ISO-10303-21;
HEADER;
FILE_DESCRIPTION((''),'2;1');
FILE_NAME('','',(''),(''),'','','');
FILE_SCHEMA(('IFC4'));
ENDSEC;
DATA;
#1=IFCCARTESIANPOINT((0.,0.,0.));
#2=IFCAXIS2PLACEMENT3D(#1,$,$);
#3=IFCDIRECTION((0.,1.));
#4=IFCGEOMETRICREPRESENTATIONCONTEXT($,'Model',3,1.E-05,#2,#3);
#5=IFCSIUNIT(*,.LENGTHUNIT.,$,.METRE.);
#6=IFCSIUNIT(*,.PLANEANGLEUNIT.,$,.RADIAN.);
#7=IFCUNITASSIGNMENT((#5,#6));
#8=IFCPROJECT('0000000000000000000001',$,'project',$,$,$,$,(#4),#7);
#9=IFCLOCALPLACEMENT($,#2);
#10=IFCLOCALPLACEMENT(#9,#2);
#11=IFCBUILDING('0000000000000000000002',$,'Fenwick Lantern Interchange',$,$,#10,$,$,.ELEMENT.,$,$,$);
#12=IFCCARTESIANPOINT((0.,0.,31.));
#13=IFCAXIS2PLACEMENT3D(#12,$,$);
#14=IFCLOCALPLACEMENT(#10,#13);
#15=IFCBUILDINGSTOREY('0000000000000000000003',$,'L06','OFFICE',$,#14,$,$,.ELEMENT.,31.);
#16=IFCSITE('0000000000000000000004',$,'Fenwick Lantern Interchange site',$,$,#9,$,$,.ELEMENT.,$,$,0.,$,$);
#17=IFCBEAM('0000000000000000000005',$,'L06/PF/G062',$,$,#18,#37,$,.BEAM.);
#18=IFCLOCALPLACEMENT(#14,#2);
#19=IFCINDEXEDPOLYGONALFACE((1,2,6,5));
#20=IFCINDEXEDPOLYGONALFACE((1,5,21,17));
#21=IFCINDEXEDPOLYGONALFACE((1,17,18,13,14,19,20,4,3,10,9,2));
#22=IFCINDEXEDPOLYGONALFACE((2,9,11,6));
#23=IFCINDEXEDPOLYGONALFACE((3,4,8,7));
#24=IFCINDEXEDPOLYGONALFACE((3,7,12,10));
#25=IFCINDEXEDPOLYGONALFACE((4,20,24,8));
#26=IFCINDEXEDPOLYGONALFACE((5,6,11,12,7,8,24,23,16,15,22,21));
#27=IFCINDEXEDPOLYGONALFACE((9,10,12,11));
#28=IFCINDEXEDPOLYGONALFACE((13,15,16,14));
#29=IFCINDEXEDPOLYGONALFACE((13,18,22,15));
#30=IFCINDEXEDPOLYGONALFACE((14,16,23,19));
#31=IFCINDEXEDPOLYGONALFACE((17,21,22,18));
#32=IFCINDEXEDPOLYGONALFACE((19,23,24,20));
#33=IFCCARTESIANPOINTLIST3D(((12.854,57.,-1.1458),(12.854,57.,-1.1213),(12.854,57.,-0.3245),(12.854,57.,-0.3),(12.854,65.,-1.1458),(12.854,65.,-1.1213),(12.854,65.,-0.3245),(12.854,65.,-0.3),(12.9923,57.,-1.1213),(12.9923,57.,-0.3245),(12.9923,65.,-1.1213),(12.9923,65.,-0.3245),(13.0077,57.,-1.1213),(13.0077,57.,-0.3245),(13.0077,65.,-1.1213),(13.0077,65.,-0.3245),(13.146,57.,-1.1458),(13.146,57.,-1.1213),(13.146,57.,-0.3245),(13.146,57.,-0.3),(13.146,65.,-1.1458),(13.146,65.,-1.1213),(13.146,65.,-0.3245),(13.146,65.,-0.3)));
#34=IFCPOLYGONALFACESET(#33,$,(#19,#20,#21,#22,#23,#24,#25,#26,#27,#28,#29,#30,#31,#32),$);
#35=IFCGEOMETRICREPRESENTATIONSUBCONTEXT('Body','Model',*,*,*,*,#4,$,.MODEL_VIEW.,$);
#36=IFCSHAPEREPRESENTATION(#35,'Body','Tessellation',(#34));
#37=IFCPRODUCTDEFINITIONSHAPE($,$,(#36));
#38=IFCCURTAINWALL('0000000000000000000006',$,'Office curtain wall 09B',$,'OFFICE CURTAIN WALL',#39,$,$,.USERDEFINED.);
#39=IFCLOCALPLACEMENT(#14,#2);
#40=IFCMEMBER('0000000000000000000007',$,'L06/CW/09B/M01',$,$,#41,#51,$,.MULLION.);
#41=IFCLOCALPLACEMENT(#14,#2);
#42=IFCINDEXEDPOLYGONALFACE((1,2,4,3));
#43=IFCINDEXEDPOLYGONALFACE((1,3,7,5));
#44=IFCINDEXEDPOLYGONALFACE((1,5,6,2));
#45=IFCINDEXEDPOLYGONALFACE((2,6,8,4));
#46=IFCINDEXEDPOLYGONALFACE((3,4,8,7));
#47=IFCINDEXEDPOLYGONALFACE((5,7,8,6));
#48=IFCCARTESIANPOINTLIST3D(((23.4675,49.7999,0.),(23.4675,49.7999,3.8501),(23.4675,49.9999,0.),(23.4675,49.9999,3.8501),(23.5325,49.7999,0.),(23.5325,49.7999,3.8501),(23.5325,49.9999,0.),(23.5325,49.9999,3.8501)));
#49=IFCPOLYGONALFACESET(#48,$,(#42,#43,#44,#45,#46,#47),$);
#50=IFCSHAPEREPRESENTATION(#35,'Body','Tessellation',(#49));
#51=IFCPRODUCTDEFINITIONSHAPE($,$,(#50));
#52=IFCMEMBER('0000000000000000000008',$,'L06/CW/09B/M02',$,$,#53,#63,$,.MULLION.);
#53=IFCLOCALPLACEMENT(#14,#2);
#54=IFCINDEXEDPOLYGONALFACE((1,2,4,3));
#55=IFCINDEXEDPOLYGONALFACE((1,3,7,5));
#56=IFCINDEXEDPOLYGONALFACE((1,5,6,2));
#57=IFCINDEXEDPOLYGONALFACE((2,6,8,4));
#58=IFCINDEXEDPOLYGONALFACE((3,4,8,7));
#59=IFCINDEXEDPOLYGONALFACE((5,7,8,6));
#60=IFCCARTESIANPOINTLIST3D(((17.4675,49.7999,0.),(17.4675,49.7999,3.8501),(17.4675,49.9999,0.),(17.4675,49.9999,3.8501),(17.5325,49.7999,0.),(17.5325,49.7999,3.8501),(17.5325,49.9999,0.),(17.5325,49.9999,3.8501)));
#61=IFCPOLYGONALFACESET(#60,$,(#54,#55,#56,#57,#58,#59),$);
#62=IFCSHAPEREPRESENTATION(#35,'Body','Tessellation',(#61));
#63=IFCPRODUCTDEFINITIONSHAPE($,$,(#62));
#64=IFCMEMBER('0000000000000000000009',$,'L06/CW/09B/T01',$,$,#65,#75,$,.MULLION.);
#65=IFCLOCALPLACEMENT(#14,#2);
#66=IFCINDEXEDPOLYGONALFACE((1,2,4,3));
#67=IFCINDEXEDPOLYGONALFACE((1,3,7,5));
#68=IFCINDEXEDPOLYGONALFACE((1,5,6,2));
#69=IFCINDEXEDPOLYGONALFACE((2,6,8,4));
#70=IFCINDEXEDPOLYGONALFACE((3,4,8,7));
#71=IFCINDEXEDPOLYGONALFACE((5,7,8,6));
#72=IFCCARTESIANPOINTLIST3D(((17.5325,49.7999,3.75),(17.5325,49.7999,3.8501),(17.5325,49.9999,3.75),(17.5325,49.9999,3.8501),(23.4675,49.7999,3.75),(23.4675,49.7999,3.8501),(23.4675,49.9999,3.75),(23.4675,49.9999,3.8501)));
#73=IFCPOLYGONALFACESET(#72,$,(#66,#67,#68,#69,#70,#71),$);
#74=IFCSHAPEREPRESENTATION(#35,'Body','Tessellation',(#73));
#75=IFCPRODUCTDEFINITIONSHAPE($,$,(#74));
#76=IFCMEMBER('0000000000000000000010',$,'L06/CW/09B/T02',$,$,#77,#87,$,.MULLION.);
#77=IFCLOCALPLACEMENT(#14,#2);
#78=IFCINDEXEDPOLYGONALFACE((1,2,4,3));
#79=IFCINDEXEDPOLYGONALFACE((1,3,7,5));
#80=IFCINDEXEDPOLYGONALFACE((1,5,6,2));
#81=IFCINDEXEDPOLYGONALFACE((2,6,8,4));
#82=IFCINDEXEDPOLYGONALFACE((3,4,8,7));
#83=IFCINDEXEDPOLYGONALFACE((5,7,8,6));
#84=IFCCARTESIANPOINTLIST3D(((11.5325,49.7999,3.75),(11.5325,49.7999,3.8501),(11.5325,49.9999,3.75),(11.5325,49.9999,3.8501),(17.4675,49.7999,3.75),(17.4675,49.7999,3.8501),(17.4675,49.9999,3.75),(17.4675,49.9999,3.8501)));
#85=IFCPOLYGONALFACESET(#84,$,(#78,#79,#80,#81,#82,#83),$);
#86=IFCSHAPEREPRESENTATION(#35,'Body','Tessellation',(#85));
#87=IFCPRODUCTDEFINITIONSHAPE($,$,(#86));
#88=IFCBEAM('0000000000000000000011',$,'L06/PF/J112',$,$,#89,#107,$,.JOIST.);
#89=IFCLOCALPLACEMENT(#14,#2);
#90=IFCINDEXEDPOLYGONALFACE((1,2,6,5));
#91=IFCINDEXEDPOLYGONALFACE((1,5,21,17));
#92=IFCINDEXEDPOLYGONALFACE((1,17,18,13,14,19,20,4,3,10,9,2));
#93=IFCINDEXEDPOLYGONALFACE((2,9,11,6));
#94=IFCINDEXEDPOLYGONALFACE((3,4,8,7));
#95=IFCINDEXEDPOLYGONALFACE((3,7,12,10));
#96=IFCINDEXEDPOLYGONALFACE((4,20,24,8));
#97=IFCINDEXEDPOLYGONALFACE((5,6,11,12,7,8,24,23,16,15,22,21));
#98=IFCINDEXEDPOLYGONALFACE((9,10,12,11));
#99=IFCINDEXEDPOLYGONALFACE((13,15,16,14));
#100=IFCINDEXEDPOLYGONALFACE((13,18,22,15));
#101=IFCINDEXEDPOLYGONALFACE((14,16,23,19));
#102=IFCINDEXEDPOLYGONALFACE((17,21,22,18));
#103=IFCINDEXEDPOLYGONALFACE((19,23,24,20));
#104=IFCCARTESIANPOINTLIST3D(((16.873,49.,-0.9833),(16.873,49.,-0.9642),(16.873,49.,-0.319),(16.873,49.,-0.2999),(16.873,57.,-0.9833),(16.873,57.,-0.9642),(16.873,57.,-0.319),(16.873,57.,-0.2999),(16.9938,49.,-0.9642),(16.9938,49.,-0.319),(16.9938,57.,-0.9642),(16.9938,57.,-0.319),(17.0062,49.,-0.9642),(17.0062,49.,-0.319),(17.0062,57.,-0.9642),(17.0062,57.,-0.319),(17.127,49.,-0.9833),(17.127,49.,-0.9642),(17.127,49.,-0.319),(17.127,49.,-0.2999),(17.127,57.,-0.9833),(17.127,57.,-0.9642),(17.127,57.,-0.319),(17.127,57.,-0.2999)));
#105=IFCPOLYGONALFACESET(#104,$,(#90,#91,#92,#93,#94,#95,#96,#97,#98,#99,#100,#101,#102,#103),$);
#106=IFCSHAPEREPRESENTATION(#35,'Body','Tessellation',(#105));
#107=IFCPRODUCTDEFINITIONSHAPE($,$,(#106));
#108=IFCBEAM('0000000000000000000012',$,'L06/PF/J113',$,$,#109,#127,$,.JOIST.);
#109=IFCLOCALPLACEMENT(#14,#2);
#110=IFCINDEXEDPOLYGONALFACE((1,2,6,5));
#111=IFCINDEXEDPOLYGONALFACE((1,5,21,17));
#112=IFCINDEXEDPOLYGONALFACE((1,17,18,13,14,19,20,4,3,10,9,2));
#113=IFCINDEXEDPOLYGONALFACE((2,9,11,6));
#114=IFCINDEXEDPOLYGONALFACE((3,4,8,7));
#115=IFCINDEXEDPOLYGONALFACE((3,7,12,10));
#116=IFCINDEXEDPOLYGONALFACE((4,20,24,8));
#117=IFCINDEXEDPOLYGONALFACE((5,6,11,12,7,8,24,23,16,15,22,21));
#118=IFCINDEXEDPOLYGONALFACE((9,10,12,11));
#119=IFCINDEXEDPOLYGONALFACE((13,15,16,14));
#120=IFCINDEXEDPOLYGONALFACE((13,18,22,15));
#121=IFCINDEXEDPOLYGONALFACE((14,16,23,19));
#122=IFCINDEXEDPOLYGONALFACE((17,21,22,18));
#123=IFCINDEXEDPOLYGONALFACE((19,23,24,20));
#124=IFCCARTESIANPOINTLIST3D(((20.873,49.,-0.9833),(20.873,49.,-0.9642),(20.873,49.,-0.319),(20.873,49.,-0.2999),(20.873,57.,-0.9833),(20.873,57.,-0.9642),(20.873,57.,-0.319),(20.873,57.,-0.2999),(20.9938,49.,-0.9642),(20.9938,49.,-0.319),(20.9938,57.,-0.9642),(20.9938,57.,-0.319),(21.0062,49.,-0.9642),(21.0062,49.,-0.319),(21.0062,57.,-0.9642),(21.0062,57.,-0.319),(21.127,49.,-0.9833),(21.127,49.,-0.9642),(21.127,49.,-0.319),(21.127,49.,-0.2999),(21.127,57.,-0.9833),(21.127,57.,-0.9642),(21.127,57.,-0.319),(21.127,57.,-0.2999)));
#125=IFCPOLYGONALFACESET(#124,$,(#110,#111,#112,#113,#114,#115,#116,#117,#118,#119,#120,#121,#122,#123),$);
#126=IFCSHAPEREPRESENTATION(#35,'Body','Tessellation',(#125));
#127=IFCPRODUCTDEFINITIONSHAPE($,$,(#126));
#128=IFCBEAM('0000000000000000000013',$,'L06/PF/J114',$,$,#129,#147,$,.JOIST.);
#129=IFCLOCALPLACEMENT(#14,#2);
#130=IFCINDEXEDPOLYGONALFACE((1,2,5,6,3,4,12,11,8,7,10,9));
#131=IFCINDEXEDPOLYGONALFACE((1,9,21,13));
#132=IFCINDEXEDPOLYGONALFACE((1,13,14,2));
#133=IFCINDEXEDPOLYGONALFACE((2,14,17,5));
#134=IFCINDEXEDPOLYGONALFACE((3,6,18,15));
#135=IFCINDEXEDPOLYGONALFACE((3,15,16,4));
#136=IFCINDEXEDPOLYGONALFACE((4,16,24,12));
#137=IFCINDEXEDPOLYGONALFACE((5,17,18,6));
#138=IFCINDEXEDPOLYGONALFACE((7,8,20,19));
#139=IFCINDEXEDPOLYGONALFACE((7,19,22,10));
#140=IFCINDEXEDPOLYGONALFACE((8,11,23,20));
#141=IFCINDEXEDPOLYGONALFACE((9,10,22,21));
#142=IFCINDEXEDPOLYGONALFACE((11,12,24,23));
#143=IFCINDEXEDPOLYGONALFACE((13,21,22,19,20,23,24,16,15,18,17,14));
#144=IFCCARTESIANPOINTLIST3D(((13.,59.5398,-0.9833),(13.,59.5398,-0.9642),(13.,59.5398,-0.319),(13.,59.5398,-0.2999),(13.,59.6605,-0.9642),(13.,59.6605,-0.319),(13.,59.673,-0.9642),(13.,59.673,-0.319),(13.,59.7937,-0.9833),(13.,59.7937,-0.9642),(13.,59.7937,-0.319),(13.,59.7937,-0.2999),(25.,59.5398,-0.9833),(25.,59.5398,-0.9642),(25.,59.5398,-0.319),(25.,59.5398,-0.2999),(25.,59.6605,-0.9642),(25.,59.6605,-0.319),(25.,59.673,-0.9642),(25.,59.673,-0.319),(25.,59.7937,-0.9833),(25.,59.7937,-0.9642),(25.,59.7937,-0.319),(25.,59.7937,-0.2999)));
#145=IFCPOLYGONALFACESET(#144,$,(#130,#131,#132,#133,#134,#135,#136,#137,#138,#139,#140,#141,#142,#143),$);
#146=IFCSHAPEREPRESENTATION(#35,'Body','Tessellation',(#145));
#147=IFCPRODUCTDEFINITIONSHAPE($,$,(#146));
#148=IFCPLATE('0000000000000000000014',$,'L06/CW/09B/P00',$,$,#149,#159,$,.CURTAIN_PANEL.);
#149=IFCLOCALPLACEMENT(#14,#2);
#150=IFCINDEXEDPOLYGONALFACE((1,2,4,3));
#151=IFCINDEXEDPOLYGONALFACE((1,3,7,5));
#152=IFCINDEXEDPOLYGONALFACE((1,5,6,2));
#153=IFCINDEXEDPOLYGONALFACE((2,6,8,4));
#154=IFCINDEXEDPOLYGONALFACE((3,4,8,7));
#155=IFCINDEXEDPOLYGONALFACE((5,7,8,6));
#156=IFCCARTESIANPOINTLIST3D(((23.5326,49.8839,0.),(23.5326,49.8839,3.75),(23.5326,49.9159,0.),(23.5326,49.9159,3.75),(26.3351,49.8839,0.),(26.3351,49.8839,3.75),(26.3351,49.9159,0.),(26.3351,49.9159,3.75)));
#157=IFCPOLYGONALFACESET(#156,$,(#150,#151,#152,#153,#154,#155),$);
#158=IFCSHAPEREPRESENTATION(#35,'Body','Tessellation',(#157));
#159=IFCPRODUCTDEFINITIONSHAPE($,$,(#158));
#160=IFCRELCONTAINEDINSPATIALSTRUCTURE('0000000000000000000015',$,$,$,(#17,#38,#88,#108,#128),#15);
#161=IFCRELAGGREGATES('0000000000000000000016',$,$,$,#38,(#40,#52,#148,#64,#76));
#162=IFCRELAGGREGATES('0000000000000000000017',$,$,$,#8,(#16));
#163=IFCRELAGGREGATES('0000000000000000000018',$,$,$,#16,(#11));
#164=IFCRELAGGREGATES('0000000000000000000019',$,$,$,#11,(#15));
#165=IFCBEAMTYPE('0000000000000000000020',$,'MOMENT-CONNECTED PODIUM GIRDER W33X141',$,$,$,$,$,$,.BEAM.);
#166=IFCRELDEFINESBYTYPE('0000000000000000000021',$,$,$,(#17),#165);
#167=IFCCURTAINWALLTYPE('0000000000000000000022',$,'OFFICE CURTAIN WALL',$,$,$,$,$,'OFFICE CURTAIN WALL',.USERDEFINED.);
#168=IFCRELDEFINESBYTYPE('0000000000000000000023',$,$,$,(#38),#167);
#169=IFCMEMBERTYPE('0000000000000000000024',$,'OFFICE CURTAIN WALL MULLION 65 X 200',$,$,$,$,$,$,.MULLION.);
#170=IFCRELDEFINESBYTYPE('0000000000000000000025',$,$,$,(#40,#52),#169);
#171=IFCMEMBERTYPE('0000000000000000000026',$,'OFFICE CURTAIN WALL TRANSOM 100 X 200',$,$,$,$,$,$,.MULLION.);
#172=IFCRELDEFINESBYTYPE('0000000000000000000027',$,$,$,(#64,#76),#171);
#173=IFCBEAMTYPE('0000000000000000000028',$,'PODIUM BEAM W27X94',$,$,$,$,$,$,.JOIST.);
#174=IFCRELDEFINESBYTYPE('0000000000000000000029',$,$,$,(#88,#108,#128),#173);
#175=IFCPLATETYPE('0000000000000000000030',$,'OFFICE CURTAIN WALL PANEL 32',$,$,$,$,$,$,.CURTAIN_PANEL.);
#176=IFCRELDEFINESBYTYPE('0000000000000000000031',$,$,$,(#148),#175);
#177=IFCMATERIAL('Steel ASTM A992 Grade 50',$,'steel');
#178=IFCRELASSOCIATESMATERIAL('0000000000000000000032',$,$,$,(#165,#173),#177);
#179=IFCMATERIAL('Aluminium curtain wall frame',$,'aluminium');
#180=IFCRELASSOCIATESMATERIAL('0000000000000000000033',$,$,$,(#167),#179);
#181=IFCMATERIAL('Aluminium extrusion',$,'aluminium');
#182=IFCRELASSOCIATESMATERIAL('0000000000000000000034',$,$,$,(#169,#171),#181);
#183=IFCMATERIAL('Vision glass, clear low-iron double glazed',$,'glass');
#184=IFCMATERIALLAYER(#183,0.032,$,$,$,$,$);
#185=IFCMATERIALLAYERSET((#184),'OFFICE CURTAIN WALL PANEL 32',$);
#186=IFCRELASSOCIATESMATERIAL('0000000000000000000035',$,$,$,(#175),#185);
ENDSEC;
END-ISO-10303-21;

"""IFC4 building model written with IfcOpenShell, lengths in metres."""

from ifc_helpers import new_model, si_unit, direction, frame, origin, origin_2d, place, context, subcontext, project, spatial, rectangle, i_section, extrude, material, layer, layer_set, material_profile, profile_set, type_object, element, aggregate, save


model = new_model("IFC4")

# Units and contexts
model_context = context("Model", 3, precision=1e-05, world=origin(), true_north=direction((0.0, 1.0)))
body_context = subcontext(model_context, "Body", "Model", "MODEL_VIEW")
ifc_project = project(units=[si_unit("LENGTHUNIT", "METRE"), si_unit("PLANEANGLEUNIT", "RADIAN")], contexts=[model_context])

# Site, building, storey
site_placement = place(None, origin())
site = spatial("IfcSite", under=ifc_project, at=site_placement, Name="Fenwick Lantern Interchange site", CompositionType="ELEMENT", RefElevation=0.0)
building_placement = place(site_placement, origin())
building = spatial("IfcBuilding", under=site, at=building_placement, Name="Fenwick Lantern Interchange", CompositionType="ELEMENT")
storey_placement = place(building_placement, frame((0.0, 0.0, 31.0)))
storey = spatial("IfcBuildingStorey", under=building, at=storey_placement, Name="L06", Description="OFFICE", CompositionType="ELEMENT", Elevation=31.0)

# Shared definitions
ifc_material_1 = material(Name="Steel ASTM A992 Grade 50", Category="steel")

# Beam
ifc_material_profile_1 = material_profile(ifc_material_1, i_section(OverallWidth=0.292, OverallDepth=0.8457, WebThickness=0.0154, FlangeThickness=0.0244, at=origin_2d()), Name="W33X141")
ifc_profile_set_1 = profile_set([ifc_material_profile_1], Name="Steel ASTM A992 Grade 50")
beam_type_1 = type_object("IfcBeamType", Name="MOMENT-CONNECTED PODIUM GIRDER W33X141", PredefinedType="BEAM", material=ifc_profile_set_1)
beam_1_placement = place(storey_placement, frame((13.0, 57.0, -0.7229), z_axis=(0.0, 1.0, 0.0), x_axis=(-1.0, 0.0, 0.0)))
element("IfcBeam", 1, at=beam_1_placement, inside=storey, type_object=beam_type_1, Name="L06/PF/G062", PredefinedType="BEAM", context=body_context, shape_type="SweptSolid", body=[
    extrude(i_section(OverallWidth=0.292, OverallDepth=0.8457, WebThickness=0.0154, FlangeThickness=0.0244, at=origin_2d()), origin(), (0.0, 0.0, 1.0), 8.0),
])

# Curtain wall, members
ifc_material_2 = material(Name="Aluminium curtain wall frame", Category="aluminium")
curtain_wall_type = type_object("IfcCurtainWallType", Name="OFFICE CURTAIN WALL", ElementType="OFFICE CURTAIN WALL", PredefinedType="USERDEFINED", material=ifc_material_2)
curtain_wall_placement = place(storey_placement, origin())
curtain_wall = element("IfcCurtainWall", 2, at=curtain_wall_placement, inside=storey, type_object=curtain_wall_type, Name="Office curtain wall 09B", ObjectType="OFFICE CURTAIN WALL", PredefinedType="USERDEFINED")
ifc_material_3 = material(Name="Aluminium extrusion", Category="aluminium")
ifc_material_profile_2 = material_profile(ifc_material_3, rectangle(XDim=0.2, YDim=0.0649, at=origin_2d()), Name="OFFICE CURTAIN WALL MULLION 65 X 200")
ifc_profile_set_2 = profile_set([ifc_material_profile_2], Name="Aluminium extrusion")
member_type_1 = type_object("IfcMemberType", Name="OFFICE CURTAIN WALL MULLION 65 X 200", PredefinedType="MULLION", material=ifc_profile_set_2)
member_1_placement = place(storey_placement, frame((23.5, 49.8999, 0.0), z_axis=(0.0, 0.0, 1.0), x_axis=(0.0, -1.0, 0.0)))
member_1 = element("IfcMember", 3, at=member_1_placement, type_object=member_type_1, Name="L06/CW/09B/M01", PredefinedType="MULLION", context=body_context, shape_type="SweptSolid", body=[
    extrude(rectangle(XDim=0.2, YDim=0.0649, at=origin_2d()), origin(), (0.0, 0.0, 1.0), 3.8501),
])
member_2_placement = place(storey_placement, frame((17.5, 49.8999, 0.0), z_axis=(0.0, 0.0, 1.0), x_axis=(0.0, -1.0, 0.0)))
member_2 = element("IfcMember", 4, at=member_2_placement, type_object=member_type_1, Name="L06/CW/09B/M02", PredefinedType="MULLION", context=body_context, shape_type="SweptSolid", body=[
    extrude(rectangle(XDim=0.2, YDim=0.0649, at=origin_2d()), origin(), (0.0, 0.0, 1.0), 3.8501),
])
ifc_material_profile_3 = material_profile(ifc_material_3, rectangle(XDim=0.2, YDim=0.1001, at=origin_2d()), Name="OFFICE CURTAIN WALL TRANSOM 100 X 200")
ifc_profile_set_3 = profile_set([ifc_material_profile_3], Name="Aluminium extrusion")
member_type_2 = type_object("IfcMemberType", Name="OFFICE CURTAIN WALL TRANSOM 100 X 200", PredefinedType="MULLION", material=ifc_profile_set_3)
member_3_placement = place(storey_placement, frame((23.4675, 49.8999, 3.8), z_axis=(-1.0, 0.0, 0.0), x_axis=(0.0, -1.0, 0.0)))
member_3 = element("IfcMember", 5, at=member_3_placement, type_object=member_type_2, Name="L06/CW/09B/T01", PredefinedType="MULLION", context=body_context, shape_type="SweptSolid", body=[
    extrude(rectangle(XDim=0.2, YDim=0.1001, at=origin_2d()), origin(), (0.0, 0.0, 1.0), 5.9351),
])
member_4_placement = place(storey_placement, frame((17.4675, 49.8999, 3.8), z_axis=(-1.0, 0.0, 0.0), x_axis=(0.0, -1.0, 0.0)))
member_4 = element("IfcMember", 6, at=member_4_placement, type_object=member_type_2, Name="L06/CW/09B/T02", PredefinedType="MULLION", context=body_context, shape_type="SweptSolid", body=[
    extrude(rectangle(XDim=0.2, YDim=0.1001, at=origin_2d()), origin(), (0.0, 0.0, 1.0), 5.9351),
])

# Beams
ifc_material_profile_4 = material_profile(ifc_material_1, i_section(OverallWidth=0.2539, OverallDepth=0.6833, WebThickness=0.0125, FlangeThickness=0.019, at=origin_2d()), Name="W27X94")
ifc_profile_set_4 = profile_set([ifc_material_profile_4], Name="Steel ASTM A992 Grade 50")
beam_type_2 = type_object("IfcBeamType", Name="PODIUM BEAM W27X94", PredefinedType="JOIST", material=ifc_profile_set_4)
for number, where, z_axis, x_axis, name in (
    (7, (17.0, 49.0, -0.6416), (0.0, 1.0, 0.0), (-1.0, 0.0, 0.0), "L06/PF/J112"),
    (8, (21.0, 49.0, -0.6416), (0.0, 1.0, 0.0), (-1.0, 0.0, 0.0), "L06/PF/J113"),
):
    element("IfcBeam", number, at=place(storey_placement, frame(where, z_axis=z_axis, x_axis=x_axis)), inside=storey, type_object=beam_type_2, Name=name, PredefinedType="JOIST", context=body_context, shape_type="SweptSolid", body=[
        extrude(i_section(OverallWidth=0.2539, OverallDepth=0.6833, WebThickness=0.0125, FlangeThickness=0.019, at=origin_2d()), origin(), (0.0, 0.0, 1.0), 8.0),
    ])
beam_2_placement = place(storey_placement, frame((13.0, 59.6667, -0.6416), z_axis=(1.0, 0.0, 0.0), x_axis=(0.0, 1.0, 0.0)))
element("IfcBeam", 9, at=beam_2_placement, inside=storey, type_object=beam_type_2, Name="L06/PF/J114", PredefinedType="JOIST", context=body_context, shape_type="SweptSolid", body=[
    extrude(i_section(OverallWidth=0.2539, OverallDepth=0.6833, WebThickness=0.0125, FlangeThickness=0.019, at=origin_2d()), origin(), (0.0, 0.0, 1.0), 12.0),
])

# Plate
ifc_material_4 = material(Name="Vision glass, clear low-iron double glazed", Category="glass")
ifc_layer_1 = layer(ifc_material_4, 0.032)
ifc_layer_set_1 = layer_set([ifc_layer_1], Name="OFFICE CURTAIN WALL PANEL 32")
plate_type = type_object("IfcPlateType", Name="OFFICE CURTAIN WALL PANEL 32", PredefinedType="CURTAIN_PANEL", material=ifc_layer_set_1)
plate_placement = place(storey_placement, frame((24.9338, 49.8999, 0.0), z_axis=(0.0, 0.0, 1.0), x_axis=(-1.0, 0.0, 0.0)))
plate = element("IfcPlate", 10, at=plate_placement, type_object=plate_type, Name="L06/CW/09B/P00", PredefinedType="CURTAIN_PANEL", context=body_context, shape_type="SweptSolid", body=[
    extrude(rectangle(XDim=2.8025, YDim=0.032, at=origin_2d()), origin(), (0.0, 0.0, 1.0), 3.75),
])
aggregate(curtain_wall, [member_1, member_2, plate, member_3, member_4])

save(model, "model.ifc")
